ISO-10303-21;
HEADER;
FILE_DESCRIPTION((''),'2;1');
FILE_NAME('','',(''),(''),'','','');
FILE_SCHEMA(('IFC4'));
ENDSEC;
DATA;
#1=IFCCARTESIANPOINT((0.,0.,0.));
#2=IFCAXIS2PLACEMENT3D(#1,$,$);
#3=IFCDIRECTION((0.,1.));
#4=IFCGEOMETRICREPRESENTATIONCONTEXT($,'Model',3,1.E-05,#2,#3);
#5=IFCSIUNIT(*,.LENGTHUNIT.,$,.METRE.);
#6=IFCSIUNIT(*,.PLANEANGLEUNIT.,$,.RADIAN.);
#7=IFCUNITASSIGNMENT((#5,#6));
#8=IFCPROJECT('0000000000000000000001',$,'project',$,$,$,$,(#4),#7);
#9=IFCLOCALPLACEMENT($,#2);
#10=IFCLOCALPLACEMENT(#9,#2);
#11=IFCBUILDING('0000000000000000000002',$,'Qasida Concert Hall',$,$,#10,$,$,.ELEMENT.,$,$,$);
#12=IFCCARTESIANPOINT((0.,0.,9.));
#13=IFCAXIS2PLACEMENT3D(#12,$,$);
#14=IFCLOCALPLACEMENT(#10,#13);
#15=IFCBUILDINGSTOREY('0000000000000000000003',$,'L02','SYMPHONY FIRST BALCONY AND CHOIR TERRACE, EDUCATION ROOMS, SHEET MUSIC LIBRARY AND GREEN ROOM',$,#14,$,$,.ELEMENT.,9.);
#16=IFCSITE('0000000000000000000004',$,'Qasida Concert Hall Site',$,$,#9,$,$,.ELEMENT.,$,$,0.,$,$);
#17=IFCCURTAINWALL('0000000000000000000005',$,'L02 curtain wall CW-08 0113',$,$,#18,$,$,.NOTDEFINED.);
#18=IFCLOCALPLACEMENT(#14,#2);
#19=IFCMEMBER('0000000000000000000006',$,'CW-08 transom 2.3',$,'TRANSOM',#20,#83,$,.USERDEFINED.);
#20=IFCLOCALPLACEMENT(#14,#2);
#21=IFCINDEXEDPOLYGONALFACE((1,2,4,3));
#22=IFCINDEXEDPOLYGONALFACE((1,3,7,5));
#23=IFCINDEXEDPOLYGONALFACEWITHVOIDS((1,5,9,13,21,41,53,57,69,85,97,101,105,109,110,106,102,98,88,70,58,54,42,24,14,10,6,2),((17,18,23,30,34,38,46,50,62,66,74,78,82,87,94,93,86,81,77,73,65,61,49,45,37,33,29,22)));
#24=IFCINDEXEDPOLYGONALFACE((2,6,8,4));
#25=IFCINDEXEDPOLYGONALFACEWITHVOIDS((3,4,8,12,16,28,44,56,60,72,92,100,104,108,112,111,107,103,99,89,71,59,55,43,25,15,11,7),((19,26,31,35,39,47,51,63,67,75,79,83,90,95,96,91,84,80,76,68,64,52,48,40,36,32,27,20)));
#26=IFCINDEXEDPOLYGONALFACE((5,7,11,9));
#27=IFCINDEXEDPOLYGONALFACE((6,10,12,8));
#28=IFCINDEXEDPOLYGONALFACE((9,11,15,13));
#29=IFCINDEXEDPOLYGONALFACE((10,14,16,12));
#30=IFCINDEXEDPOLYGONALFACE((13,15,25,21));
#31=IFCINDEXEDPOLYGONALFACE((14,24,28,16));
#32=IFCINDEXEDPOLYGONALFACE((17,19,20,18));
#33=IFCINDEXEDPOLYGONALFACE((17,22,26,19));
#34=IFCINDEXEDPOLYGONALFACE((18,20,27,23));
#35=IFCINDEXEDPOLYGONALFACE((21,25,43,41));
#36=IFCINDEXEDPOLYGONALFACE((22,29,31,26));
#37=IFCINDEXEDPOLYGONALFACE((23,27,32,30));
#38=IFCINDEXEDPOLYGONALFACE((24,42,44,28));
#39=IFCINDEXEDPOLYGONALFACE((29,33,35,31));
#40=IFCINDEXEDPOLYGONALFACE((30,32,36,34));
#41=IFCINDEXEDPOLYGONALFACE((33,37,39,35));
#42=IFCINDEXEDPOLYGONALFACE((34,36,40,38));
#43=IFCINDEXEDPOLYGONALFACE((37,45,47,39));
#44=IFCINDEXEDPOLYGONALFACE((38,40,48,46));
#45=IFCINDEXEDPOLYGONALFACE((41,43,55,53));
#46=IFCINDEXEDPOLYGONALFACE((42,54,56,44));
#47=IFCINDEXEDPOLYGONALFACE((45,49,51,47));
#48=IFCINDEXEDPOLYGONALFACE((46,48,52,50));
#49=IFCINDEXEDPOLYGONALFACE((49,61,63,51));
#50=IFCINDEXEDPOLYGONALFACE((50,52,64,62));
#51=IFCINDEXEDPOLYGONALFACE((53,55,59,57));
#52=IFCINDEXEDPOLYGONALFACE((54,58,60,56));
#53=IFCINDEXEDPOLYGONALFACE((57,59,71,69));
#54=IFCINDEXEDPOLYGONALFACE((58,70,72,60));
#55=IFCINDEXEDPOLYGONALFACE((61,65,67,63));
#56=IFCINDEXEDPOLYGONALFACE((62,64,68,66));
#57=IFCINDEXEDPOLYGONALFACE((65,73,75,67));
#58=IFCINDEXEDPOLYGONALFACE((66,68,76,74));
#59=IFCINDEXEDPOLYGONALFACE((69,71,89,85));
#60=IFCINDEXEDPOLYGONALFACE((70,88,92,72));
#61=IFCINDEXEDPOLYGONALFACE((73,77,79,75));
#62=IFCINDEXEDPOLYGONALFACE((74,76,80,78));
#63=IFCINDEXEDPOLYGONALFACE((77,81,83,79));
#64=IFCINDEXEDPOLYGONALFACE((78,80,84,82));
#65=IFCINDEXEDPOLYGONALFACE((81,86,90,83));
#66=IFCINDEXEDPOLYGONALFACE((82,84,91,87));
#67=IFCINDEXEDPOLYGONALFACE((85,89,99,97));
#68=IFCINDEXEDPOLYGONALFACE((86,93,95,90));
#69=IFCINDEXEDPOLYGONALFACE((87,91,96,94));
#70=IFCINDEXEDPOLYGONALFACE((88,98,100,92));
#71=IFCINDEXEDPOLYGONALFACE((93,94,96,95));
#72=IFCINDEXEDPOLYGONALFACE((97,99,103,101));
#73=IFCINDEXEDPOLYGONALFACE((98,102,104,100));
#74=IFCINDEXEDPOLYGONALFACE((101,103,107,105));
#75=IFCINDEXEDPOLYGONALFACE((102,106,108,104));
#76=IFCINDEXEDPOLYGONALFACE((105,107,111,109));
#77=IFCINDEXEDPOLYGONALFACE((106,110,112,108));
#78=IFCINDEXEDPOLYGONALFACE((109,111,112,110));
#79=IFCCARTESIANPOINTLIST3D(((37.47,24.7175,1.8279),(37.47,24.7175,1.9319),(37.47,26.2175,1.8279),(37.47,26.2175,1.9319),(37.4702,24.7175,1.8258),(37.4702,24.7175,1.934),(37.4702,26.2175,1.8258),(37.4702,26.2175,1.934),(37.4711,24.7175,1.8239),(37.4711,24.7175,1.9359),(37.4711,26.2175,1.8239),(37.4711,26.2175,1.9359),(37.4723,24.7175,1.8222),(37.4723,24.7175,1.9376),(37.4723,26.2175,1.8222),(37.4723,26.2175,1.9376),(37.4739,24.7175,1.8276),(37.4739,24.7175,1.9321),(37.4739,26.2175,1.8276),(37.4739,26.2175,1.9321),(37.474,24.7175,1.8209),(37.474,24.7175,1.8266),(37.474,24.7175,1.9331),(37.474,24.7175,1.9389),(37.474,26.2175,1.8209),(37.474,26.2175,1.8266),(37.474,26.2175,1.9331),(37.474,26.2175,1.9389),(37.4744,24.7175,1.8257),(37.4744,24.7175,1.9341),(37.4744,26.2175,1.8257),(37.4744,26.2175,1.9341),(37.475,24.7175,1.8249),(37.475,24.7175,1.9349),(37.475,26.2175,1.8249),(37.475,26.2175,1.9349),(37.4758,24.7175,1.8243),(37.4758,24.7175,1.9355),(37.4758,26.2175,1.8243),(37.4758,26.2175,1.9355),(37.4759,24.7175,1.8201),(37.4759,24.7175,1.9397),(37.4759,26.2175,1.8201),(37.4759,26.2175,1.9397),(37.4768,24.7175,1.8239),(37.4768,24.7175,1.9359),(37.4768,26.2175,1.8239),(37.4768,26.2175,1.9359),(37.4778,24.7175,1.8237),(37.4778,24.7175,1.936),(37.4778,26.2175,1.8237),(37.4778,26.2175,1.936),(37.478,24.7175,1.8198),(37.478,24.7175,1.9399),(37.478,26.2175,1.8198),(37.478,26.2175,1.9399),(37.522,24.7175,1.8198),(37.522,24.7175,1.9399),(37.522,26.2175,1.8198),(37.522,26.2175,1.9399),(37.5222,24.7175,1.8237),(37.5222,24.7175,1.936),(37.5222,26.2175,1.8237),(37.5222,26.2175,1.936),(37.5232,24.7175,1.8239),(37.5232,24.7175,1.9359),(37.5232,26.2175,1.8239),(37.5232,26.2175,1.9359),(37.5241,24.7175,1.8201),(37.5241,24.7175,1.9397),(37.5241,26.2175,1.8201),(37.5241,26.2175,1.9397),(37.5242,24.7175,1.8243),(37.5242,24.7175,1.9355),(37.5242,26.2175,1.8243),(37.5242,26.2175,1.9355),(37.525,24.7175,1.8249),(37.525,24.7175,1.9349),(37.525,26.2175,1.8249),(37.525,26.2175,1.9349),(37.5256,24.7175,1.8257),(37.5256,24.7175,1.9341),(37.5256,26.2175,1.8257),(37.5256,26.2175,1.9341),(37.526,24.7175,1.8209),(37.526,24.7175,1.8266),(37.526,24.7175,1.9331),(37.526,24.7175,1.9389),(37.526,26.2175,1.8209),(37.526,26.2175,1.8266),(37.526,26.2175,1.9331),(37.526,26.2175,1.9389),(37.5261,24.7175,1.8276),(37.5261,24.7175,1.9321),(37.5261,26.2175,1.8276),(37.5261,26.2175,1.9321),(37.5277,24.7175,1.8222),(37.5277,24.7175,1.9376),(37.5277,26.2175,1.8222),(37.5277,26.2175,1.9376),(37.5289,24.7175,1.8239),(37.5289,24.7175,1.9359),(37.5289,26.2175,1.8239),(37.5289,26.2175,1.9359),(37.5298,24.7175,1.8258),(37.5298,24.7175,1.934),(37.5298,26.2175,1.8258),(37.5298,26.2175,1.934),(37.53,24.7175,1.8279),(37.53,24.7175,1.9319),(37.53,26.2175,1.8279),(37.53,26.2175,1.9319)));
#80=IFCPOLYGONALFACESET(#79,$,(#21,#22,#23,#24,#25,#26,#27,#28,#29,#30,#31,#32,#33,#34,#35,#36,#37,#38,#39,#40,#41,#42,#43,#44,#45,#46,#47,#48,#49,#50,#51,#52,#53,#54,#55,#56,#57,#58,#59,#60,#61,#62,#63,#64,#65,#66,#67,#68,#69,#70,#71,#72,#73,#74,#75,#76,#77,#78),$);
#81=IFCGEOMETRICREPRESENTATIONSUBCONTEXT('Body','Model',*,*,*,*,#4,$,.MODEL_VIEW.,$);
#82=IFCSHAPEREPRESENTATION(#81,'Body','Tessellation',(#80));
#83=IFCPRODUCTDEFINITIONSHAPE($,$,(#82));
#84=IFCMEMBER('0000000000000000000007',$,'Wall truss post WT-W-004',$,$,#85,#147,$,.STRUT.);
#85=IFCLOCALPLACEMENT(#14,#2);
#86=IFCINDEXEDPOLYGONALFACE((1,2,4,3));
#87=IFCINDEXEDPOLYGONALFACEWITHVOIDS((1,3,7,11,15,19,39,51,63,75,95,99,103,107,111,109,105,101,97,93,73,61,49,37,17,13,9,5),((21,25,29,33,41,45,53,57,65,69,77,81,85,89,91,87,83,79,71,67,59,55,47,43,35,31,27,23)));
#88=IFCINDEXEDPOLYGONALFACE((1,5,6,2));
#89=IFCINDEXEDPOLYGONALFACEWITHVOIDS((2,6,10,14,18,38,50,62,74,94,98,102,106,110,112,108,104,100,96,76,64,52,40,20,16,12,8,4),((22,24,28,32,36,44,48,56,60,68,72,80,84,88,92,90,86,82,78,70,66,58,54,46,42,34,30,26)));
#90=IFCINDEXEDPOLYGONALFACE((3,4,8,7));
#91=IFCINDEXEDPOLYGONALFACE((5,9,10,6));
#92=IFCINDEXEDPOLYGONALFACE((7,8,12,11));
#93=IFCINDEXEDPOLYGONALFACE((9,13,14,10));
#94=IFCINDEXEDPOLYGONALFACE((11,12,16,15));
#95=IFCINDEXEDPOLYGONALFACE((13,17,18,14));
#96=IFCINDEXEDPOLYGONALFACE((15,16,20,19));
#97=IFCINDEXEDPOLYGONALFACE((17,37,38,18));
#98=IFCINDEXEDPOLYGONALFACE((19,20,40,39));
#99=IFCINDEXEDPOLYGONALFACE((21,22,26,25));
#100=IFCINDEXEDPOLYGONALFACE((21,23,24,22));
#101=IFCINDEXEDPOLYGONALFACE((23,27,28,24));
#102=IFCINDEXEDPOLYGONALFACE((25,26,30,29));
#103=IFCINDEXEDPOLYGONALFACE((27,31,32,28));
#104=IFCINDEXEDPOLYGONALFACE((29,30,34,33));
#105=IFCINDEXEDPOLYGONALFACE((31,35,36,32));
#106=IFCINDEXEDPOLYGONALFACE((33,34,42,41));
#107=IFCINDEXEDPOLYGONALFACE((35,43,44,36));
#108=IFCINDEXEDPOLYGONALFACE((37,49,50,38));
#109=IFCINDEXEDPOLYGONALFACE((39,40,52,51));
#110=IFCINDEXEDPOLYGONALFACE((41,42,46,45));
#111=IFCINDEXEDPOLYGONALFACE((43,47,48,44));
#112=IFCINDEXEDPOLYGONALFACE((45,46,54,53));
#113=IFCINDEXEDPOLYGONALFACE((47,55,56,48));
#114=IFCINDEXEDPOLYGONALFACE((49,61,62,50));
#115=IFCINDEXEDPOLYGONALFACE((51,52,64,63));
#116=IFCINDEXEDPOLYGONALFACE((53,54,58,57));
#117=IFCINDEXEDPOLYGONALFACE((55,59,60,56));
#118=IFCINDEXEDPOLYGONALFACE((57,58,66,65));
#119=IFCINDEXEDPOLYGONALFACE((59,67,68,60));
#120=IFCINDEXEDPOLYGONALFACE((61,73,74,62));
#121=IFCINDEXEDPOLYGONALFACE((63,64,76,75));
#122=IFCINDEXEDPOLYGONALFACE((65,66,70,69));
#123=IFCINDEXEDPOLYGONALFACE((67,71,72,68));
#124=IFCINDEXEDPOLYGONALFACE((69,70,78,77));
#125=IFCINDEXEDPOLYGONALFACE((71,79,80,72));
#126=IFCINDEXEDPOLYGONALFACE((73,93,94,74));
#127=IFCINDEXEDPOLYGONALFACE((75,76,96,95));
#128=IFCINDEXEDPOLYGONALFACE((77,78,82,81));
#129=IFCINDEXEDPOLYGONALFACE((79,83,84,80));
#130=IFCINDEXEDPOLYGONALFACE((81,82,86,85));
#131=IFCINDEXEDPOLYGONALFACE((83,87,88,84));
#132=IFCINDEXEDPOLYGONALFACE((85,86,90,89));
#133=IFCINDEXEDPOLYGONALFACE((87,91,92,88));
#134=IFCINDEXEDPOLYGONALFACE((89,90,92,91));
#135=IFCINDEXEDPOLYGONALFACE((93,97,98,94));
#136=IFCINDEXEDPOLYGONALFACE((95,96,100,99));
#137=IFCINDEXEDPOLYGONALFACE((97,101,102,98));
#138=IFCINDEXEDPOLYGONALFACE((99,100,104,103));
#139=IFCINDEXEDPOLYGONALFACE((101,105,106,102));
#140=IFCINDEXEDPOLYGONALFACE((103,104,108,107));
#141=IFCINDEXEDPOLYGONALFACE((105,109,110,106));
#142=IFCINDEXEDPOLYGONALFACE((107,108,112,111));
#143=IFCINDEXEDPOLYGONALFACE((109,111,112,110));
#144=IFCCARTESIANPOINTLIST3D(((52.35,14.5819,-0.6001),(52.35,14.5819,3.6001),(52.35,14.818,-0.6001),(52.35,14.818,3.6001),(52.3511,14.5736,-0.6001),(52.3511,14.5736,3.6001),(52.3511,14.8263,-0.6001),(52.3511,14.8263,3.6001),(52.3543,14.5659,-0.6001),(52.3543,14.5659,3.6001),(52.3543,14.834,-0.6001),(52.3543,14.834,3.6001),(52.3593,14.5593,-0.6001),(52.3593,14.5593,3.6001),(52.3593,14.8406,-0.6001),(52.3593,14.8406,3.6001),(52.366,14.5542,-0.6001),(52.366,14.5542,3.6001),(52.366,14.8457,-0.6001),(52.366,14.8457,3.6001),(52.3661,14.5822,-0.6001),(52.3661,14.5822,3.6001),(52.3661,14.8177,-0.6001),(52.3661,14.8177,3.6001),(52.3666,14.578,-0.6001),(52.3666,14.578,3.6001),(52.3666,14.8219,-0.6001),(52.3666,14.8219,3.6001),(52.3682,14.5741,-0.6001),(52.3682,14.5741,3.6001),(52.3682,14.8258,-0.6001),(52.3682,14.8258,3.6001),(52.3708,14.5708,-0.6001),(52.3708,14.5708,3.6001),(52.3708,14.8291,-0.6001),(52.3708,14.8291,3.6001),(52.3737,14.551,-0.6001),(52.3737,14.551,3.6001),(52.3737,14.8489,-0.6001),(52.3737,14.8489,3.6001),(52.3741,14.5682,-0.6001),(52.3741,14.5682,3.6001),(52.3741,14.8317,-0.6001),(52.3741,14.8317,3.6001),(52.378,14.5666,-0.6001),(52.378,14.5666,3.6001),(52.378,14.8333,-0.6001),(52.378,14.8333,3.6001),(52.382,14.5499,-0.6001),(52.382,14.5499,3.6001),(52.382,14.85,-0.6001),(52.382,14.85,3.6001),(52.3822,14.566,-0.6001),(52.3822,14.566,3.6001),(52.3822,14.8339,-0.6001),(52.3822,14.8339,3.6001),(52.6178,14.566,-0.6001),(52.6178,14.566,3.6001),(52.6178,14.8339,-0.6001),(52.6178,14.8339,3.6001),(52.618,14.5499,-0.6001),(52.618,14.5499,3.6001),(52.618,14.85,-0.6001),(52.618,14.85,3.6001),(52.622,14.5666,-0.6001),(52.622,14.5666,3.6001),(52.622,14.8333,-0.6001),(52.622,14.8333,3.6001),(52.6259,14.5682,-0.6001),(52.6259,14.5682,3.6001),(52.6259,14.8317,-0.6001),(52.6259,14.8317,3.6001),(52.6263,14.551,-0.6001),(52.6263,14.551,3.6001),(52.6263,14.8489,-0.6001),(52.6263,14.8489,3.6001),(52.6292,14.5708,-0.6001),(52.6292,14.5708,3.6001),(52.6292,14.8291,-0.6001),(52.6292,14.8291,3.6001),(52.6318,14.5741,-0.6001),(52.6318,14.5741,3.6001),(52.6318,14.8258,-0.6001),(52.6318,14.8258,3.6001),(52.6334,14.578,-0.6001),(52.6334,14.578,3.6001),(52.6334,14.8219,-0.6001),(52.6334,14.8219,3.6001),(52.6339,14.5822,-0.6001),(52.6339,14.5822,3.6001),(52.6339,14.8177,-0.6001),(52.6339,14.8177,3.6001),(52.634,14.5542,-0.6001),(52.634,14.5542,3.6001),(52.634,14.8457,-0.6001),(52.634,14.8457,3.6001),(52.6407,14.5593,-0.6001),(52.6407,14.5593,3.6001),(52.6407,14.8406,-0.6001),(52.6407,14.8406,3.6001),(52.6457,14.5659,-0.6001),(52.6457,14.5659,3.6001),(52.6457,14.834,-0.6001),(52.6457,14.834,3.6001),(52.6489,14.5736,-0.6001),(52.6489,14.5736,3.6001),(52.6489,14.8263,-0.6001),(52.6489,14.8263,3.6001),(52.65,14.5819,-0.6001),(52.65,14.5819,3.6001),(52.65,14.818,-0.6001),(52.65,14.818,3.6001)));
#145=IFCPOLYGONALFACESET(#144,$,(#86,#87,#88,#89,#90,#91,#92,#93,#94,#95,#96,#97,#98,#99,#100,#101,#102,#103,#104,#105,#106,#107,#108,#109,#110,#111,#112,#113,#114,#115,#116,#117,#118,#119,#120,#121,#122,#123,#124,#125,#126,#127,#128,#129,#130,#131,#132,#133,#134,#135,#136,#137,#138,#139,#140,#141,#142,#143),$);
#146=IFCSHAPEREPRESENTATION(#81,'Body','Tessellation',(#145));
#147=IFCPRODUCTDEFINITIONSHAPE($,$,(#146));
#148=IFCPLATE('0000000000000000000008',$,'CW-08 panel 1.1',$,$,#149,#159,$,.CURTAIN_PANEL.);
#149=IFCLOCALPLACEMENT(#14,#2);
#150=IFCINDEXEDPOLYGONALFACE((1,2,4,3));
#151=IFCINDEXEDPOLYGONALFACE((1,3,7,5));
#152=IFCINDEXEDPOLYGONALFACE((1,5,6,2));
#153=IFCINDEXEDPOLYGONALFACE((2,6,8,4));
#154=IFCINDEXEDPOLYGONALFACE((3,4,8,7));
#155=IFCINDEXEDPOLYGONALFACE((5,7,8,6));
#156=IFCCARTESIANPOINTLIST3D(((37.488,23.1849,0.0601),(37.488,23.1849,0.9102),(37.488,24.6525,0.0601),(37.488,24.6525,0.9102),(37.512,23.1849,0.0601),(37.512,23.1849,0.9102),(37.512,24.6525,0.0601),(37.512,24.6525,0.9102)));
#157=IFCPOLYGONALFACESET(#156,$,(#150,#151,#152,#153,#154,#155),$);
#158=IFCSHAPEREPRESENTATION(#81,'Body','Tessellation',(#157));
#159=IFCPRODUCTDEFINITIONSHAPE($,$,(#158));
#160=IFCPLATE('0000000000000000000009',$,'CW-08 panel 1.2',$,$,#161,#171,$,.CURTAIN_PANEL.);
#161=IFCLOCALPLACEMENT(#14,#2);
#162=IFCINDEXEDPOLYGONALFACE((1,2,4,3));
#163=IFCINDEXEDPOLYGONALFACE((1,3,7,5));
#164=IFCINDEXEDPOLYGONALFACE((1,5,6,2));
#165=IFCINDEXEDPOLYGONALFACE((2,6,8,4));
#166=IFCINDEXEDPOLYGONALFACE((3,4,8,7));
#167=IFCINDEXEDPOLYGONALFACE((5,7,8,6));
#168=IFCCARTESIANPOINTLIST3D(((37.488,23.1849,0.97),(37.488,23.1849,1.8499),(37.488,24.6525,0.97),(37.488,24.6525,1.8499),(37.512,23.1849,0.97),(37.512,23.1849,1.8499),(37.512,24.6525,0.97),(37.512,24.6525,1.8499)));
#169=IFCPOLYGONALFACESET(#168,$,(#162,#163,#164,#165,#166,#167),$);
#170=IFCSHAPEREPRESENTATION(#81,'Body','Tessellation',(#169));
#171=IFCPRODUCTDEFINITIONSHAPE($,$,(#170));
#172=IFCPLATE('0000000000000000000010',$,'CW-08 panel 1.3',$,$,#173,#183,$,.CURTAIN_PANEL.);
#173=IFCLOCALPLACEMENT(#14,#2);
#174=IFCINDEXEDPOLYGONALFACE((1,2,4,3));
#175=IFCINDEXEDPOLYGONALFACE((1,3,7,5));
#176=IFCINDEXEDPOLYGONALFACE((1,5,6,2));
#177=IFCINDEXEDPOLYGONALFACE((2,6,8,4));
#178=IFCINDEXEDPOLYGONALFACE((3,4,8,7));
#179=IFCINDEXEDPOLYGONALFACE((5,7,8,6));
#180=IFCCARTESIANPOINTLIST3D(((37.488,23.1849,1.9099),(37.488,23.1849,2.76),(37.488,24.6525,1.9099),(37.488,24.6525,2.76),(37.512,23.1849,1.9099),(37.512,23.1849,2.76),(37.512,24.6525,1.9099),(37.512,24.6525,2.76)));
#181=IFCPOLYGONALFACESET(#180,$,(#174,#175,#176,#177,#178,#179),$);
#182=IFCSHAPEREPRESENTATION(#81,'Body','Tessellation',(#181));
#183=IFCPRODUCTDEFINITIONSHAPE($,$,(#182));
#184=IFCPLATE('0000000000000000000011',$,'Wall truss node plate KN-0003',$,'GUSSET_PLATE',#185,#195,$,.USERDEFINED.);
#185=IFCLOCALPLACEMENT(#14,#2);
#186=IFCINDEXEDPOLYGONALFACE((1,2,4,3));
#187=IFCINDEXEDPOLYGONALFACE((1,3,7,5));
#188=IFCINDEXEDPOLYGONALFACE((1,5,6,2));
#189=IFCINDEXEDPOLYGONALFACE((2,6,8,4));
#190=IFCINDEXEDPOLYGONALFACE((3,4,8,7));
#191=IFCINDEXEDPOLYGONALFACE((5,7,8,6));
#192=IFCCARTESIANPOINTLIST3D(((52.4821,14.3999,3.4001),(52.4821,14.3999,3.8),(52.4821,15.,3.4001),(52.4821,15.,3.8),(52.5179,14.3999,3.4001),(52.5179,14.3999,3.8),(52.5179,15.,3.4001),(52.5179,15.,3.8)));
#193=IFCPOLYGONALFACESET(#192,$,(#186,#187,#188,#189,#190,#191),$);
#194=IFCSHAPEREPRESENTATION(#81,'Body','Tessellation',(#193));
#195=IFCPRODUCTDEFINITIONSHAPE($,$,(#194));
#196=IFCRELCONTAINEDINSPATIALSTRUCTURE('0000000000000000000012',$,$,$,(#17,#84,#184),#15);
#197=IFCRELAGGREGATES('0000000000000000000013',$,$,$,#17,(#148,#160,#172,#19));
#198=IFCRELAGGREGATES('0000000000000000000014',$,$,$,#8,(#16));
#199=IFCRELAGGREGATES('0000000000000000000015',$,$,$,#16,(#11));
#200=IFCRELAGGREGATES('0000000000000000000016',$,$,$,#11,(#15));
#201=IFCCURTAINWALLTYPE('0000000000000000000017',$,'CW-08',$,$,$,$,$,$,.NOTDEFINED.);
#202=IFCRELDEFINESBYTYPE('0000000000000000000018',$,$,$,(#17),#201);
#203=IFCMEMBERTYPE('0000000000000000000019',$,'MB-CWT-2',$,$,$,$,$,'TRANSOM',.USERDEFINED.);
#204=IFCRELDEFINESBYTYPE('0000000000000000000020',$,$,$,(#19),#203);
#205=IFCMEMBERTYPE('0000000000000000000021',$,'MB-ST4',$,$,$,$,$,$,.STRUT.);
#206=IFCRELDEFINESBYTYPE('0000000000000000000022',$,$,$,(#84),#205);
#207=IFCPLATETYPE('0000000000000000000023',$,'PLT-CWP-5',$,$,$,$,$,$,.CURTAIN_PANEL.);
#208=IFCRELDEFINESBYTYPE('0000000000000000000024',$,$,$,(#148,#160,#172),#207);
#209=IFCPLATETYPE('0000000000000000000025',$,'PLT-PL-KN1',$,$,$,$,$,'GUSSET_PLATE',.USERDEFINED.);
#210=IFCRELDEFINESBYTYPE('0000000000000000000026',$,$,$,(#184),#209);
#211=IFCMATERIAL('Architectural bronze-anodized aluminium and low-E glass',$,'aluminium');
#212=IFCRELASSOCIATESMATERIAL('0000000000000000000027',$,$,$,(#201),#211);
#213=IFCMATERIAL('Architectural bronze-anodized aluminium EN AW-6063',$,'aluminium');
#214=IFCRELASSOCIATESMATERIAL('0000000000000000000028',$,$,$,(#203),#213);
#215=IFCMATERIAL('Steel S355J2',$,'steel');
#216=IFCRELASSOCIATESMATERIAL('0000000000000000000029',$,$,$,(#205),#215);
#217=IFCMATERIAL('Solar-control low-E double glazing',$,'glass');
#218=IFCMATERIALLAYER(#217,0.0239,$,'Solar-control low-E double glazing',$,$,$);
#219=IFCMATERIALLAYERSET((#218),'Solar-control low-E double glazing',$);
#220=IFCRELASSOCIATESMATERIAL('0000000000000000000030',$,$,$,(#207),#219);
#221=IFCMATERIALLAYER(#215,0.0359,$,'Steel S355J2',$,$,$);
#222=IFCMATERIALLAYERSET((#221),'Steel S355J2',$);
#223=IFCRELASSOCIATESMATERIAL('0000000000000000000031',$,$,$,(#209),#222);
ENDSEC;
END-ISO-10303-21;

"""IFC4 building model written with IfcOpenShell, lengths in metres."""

from ifc_helpers import new_model, si_unit, direction, frame, origin, origin_2d, place, context, subcontext, project, spatial, rectangle, hollow_rectangle, extrude, material, layer, layer_set, material_profile, profile_set, type_object, element, aggregate, save


model = new_model("IFC4")

# Units and contexts
model_context = context("Model", 3, precision=1e-05, world=origin(), true_north=direction((0.0, 1.0)))
body_context = subcontext(model_context, "Body", "Model", "MODEL_VIEW")
ifc_project = project(units=[si_unit("LENGTHUNIT", "METRE"), si_unit("PLANEANGLEUNIT", "RADIAN")], contexts=[model_context])

# Site, building, storey
site_placement = place(None, origin())
site = spatial("IfcSite", under=ifc_project, at=site_placement, Name="Qasida Concert Hall Site", CompositionType="ELEMENT", RefElevation=0.0)
building_placement = place(site_placement, origin())
building = spatial("IfcBuilding", under=site, at=building_placement, Name="Qasida Concert Hall", CompositionType="ELEMENT")
storey_placement = place(building_placement, frame((0.0, 0.0, 9.0)))
storey = spatial("IfcBuildingStorey", under=building, at=storey_placement, Name="L02", Description="SYMPHONY FIRST BALCONY AND CHOIR TERRACE, EDUCATION ROOMS, SHEET MUSIC LIBRARY AND GREEN ROOM", CompositionType="ELEMENT", Elevation=9.0)

# Shared definitions
ifc_material_1 = material(Name="Steel S355J2", Category="steel")

# Curtain wall, member
ifc_material_2 = material(Name="Architectural bronze-anodized aluminium and low-E glass", Category="aluminium")
curtain_wall_type = type_object("IfcCurtainWallType", Name="CW-08", PredefinedType="NOTDEFINED", material=ifc_material_2)
curtain_wall_placement = place(storey_placement, origin())
curtain_wall = element("IfcCurtainWall", 1, at=curtain_wall_placement, inside=storey, type_object=curtain_wall_type, Name="L02 curtain wall CW-08 0113", PredefinedType="NOTDEFINED")
ifc_material_3 = material(Name="Architectural bronze-anodized aluminium EN AW-6063", Category="aluminium")
ifc_material_profile_1 = material_profile(ifc_material_3, hollow_rectangle(XDim=0.0601, YDim=0.1201, WallThickness=0.0039, InnerFilletRadius=0.0039, OuterFilletRadius=0.0081, at=origin_2d()), Name="CWT 120x60x4")
ifc_profile_set_1 = profile_set([ifc_material_profile_1], Name="Architectural bronze-anodized aluminium EN AW-6063")
member_type_1 = type_object("IfcMemberType", Name="MB-CWT-2", ElementType="TRANSOM", PredefinedType="USERDEFINED", material=ifc_profile_set_1)
member_1_placement = place(storey_placement, frame((37.5, 24.7175, 1.8799), z_axis=(0.0, 1.0, 0.0), x_axis=(-1.0, 0.0, 0.0)))
member_1 = element("IfcMember", 2, at=member_1_placement, type_object=member_type_1, Name="CW-08 transom 2.3", ObjectType="TRANSOM", PredefinedType="USERDEFINED", context=body_context, shape_type="SweptSolid", body=[
    extrude(hollow_rectangle(XDim=0.0601, YDim=0.1201, WallThickness=0.0039, InnerFilletRadius=0.0039, OuterFilletRadius=0.0081, at=origin_2d()), origin(), (0.0, 0.0, 1.0), 1.5),
])

# Member
ifc_material_profile_2 = material_profile(ifc_material_1, hollow_rectangle(XDim=0.3, YDim=0.3, WallThickness=0.0161, InnerFilletRadius=0.0161, OuterFilletRadius=0.032, at=origin_2d()), Name="SHS 300x300x16")
ifc_profile_set_2 = profile_set([ifc_material_profile_2], Name="Steel S355J2")
member_type_2 = type_object("IfcMemberType", Name="MB-ST4", PredefinedType="STRUT", material=ifc_profile_set_2)
member_2_placement = place(storey_placement, frame((52.5, 14.7, -0.6001), z_axis=(0.0, 0.0, 1.0), x_axis=(1.0, 0.0, 0.0)))
element("IfcMember", 3, at=member_2_placement, inside=storey, type_object=member_type_2, Name="Wall truss post WT-W-004", PredefinedType="STRUT", context=body_context, shape_type="SweptSolid", body=[
    extrude(hollow_rectangle(XDim=0.3, YDim=0.3, WallThickness=0.0161, InnerFilletRadius=0.0161, OuterFilletRadius=0.032, at=origin_2d()), origin(), (0.0, 0.0, 1.0), 4.2002),
])

# Plates
ifc_material_4 = material(Name="Solar-control low-E double glazing", Category="glass")
ifc_layer_1 = layer(ifc_material_4, 0.0239, Name="Solar-control low-E double glazing")
ifc_layer_set_1 = layer_set([ifc_layer_1], Name="Solar-control low-E double glazing")
plate_type_1 = type_object("IfcPlateType", Name="PLT-CWP-5", PredefinedType="CURTAIN_PANEL", material=ifc_layer_set_1)
plate_1_placement = place(storey_placement, frame((37.5, 23.9187, 0.0601), z_axis=(0.0, 0.0, 1.0), x_axis=(0.0, 1.0, 0.0)))
plate_1 = element("IfcPlate", 4, at=plate_1_placement, type_object=plate_type_1, Name="CW-08 panel 1.1", PredefinedType="CURTAIN_PANEL", context=body_context, shape_type="SweptSolid", body=[
    extrude(rectangle(XDim=1.4675, YDim=0.0239, at=origin_2d()), origin(), (0.0, 0.0, 1.0), 0.8501),
])
plate_2_placement = place(storey_placement, frame((37.5, 23.9187, 0.97), z_axis=(0.0, 0.0, 1.0), x_axis=(0.0, 1.0, 0.0)))
plate_2 = element("IfcPlate", 5, at=plate_2_placement, type_object=plate_type_1, Name="CW-08 panel 1.2", PredefinedType="CURTAIN_PANEL", context=body_context, shape_type="SweptSolid", body=[
    extrude(rectangle(XDim=1.4675, YDim=0.0239, at=origin_2d()), origin(), (0.0, 0.0, 1.0), 0.8799),
])
plate_3_placement = place(storey_placement, frame((37.5, 23.9187, 1.9099), z_axis=(0.0, 0.0, 1.0), x_axis=(0.0, 1.0, 0.0)))
plate_3 = element("IfcPlate", 6, at=plate_3_placement, type_object=plate_type_1, Name="CW-08 panel 1.3", PredefinedType="CURTAIN_PANEL", context=body_context, shape_type="SweptSolid", body=[
    extrude(rectangle(XDim=1.4675, YDim=0.0239, at=origin_2d()), origin(), (0.0, 0.0, 1.0), 0.8501),
])
aggregate(curtain_wall, [plate_1, plate_2, plate_3, member_1])

# Plate
ifc_layer_2 = layer(ifc_material_1, 0.0359, Name="Steel S355J2")
ifc_layer_set_2 = layer_set([ifc_layer_2], Name="Steel S355J2")
plate_type_2 = type_object("IfcPlateType", Name="PLT-PL-KN1", ElementType="GUSSET_PLATE", PredefinedType="USERDEFINED", material=ifc_layer_set_2)
plate_4_placement = place(storey_placement, frame((52.5, 14.7, 3.4001), z_axis=(0.0, 0.0, 1.0), x_axis=(1.0, 0.0, 0.0)))
element("IfcPlate", 7, at=plate_4_placement, inside=storey, type_object=plate_type_2, Name="Wall truss node plate KN-0003", ObjectType="GUSSET_PLATE", PredefinedType="USERDEFINED", context=body_context, shape_type="SweptSolid", body=[
    extrude(rectangle(XDim=0.0359, YDim=0.6001, at=origin_2d()), origin(), (0.0, 0.0, 1.0), 0.3999),
])

save(model, "model.ifc")
